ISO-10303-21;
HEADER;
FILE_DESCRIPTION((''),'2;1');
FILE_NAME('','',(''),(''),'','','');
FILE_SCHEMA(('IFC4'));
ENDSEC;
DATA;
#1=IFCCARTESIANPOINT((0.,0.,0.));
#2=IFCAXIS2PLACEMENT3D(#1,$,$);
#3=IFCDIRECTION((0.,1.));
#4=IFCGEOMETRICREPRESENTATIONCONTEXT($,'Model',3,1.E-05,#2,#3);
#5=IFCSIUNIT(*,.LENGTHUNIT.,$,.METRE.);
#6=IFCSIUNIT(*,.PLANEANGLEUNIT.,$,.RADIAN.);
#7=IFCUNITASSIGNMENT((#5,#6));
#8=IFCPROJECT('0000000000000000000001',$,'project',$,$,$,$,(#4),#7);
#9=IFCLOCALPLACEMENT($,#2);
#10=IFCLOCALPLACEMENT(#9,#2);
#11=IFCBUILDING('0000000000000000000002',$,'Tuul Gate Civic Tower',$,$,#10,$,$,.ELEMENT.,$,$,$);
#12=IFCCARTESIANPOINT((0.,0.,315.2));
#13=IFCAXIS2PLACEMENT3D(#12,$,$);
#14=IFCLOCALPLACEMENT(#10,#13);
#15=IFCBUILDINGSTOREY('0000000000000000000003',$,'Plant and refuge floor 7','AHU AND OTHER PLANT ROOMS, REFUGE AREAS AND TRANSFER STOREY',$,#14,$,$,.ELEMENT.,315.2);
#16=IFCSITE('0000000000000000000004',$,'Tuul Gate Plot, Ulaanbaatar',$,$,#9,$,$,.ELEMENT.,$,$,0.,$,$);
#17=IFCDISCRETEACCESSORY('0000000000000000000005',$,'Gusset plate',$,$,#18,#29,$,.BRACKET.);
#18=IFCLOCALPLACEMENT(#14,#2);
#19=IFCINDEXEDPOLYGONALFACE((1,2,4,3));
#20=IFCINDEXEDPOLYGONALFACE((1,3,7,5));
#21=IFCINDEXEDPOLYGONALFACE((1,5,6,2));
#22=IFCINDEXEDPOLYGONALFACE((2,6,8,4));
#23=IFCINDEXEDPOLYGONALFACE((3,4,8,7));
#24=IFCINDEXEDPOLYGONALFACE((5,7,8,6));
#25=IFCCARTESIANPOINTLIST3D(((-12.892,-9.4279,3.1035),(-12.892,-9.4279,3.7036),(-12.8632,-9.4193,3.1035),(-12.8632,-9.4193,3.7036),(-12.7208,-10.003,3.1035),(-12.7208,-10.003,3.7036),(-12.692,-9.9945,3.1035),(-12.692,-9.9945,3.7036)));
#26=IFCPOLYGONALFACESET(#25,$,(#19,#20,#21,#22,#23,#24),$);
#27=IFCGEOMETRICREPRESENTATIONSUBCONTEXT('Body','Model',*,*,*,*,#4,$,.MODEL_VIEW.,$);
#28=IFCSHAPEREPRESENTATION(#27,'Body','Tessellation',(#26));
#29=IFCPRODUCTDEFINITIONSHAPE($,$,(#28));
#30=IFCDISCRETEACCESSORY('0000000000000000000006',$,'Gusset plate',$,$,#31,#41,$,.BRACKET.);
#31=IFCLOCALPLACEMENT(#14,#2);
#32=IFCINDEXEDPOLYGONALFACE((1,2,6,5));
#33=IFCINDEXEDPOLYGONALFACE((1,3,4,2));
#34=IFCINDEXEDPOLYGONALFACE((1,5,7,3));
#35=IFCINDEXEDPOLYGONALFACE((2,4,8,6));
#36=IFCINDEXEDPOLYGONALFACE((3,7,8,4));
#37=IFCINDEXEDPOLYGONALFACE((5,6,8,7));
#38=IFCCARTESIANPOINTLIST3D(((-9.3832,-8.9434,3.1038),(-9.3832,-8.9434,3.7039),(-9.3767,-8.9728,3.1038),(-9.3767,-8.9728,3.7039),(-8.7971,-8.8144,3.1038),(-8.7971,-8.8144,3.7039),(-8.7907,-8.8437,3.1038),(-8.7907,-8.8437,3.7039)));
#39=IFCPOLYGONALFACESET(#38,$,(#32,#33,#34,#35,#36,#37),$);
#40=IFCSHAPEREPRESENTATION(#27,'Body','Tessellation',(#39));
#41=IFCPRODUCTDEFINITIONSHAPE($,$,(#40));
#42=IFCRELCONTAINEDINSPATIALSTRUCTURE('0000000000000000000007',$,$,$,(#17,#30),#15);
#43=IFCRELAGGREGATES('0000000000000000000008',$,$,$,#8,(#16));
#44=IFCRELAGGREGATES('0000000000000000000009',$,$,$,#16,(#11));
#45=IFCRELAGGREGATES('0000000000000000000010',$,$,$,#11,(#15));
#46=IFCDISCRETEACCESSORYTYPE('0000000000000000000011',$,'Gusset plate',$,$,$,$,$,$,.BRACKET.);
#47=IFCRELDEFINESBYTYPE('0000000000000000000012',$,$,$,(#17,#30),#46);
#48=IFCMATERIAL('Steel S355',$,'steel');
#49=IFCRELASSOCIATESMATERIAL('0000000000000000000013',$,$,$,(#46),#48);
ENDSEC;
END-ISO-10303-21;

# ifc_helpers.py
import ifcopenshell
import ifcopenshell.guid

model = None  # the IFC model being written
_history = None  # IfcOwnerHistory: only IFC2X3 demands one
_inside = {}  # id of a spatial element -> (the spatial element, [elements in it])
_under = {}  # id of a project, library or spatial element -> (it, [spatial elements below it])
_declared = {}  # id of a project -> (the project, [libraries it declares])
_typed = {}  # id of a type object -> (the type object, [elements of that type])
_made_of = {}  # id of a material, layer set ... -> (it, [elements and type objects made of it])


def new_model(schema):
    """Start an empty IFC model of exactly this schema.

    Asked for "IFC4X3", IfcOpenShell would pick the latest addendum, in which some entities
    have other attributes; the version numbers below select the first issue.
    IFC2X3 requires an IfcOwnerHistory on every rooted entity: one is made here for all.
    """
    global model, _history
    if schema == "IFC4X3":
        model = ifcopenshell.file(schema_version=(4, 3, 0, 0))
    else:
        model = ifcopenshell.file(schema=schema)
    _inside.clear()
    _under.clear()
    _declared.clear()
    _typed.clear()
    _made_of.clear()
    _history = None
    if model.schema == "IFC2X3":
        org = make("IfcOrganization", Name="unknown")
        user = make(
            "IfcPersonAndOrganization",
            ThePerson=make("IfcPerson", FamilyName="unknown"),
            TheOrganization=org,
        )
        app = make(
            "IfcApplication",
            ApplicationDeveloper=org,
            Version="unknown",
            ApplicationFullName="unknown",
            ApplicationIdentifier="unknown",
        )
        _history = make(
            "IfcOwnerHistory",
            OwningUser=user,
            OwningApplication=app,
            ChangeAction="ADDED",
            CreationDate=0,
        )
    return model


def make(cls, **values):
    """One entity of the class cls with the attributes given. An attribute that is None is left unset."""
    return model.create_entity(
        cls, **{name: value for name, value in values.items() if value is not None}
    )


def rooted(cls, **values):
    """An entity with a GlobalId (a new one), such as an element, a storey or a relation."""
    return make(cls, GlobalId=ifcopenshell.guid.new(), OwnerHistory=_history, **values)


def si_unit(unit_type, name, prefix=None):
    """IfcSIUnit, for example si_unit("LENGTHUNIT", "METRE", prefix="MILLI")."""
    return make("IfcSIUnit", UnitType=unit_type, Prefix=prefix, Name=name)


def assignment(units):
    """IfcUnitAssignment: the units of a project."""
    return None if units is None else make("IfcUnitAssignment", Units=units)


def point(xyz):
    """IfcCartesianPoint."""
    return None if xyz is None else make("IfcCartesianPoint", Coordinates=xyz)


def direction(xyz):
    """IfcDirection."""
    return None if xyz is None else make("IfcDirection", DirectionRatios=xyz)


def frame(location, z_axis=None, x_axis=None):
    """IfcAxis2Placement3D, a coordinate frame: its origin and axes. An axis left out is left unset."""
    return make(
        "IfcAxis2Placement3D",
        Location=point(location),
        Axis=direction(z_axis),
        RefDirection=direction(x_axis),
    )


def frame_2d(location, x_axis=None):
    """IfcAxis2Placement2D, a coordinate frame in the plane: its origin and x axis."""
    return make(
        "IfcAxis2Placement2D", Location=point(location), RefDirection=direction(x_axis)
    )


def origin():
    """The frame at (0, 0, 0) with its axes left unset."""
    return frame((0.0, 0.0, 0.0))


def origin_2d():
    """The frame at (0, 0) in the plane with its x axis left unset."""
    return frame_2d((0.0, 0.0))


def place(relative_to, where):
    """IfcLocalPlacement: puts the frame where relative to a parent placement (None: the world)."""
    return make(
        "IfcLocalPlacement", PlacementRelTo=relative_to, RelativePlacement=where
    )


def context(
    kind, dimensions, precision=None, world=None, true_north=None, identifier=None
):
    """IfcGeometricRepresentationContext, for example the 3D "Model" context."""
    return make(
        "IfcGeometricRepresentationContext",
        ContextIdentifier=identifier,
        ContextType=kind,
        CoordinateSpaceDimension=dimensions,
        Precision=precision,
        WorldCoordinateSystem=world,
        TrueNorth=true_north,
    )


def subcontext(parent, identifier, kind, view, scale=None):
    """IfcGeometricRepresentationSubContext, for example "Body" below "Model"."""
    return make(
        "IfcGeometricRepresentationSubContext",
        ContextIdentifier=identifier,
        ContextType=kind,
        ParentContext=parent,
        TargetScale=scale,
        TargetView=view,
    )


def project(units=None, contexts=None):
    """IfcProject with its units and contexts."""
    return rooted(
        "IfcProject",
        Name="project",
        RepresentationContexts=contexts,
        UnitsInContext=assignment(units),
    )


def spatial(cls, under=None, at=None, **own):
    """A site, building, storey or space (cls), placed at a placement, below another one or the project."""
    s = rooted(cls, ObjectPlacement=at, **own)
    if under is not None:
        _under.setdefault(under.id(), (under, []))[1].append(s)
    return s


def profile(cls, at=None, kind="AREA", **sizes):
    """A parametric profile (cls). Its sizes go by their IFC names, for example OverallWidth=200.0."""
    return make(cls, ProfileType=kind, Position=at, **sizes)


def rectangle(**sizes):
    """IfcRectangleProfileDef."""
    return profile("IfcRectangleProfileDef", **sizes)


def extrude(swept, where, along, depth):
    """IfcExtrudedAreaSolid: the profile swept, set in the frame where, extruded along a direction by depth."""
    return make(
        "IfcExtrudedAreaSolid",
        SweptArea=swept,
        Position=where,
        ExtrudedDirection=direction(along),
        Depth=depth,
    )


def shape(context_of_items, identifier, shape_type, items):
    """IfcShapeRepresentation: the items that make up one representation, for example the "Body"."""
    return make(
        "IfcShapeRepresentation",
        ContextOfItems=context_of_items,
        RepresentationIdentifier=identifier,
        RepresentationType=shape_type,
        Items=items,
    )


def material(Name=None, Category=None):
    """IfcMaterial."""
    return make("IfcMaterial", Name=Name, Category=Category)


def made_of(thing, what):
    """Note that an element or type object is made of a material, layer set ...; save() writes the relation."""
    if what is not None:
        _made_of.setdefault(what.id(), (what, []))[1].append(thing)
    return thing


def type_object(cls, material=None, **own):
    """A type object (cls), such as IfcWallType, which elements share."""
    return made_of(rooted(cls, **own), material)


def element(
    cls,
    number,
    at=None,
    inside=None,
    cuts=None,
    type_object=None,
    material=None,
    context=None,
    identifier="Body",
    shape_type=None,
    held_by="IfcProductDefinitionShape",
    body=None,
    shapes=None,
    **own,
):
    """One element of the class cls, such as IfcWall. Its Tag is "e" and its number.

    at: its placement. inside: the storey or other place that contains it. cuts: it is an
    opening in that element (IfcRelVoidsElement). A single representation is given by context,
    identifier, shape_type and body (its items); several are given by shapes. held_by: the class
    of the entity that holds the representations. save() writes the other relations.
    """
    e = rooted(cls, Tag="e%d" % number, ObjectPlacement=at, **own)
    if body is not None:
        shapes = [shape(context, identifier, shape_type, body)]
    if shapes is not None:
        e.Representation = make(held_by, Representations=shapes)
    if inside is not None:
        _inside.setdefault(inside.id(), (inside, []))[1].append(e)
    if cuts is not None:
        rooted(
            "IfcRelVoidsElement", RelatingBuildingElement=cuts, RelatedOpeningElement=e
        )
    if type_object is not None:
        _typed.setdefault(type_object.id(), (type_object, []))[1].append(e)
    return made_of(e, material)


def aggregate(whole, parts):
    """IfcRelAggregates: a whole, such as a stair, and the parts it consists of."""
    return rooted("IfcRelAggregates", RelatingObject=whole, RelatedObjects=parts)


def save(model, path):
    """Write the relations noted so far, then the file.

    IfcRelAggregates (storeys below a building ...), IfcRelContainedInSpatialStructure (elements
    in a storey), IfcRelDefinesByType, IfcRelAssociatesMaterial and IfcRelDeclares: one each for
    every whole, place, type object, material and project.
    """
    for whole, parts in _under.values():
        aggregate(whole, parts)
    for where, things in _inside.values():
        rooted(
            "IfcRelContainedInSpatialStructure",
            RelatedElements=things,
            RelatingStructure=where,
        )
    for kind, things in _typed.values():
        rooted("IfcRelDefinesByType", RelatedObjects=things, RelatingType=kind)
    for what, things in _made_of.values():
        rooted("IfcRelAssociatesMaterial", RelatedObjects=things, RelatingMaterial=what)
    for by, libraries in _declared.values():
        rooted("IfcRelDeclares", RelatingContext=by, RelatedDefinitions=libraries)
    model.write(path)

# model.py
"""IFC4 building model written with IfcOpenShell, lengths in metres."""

from ifc_helpers import new_model, si_unit, direction, frame, origin, origin_2d, place, context, subcontext, project, spatial, rectangle, extrude, material, type_object, element, save


model = new_model("IFC4")

# Units and contexts
model_context = context("Model", 3, precision=1e-05, world=origin(), true_north=direction((0.0, 1.0)))
body_context = subcontext(model_context, "Body", "Model", "MODEL_VIEW")
ifc_project = project(units=[si_unit("LENGTHUNIT", "METRE"), si_unit("PLANEANGLEUNIT", "RADIAN")], contexts=[model_context])

# Site, building, storey
site_placement = place(None, origin())
site = spatial("IfcSite", under=ifc_project, at=site_placement, Name="Tuul Gate Plot, Ulaanbaatar", CompositionType="ELEMENT", RefElevation=0.0)
building_placement = place(site_placement, origin())
building = spatial("IfcBuilding", under=site, at=building_placement, Name="Tuul Gate Civic Tower", CompositionType="ELEMENT")
storey_placement = place(building_placement, frame((0.0, 0.0, 315.2)))
storey = spatial("IfcBuildingStorey", under=building, at=storey_placement, Name="Plant and refuge floor 7", Description="AHU AND OTHER PLANT ROOMS, REFUGE AREAS AND TRANSFER STOREY", CompositionType="ELEMENT", Elevation=315.2)

# Discrete accessories
ifc_material_1 = material(Name="Steel S355", Category="steel")
discrete_accessory_type = type_object("IfcDiscreteAccessoryType", Name="Gusset plate", PredefinedType="BRACKET", material=ifc_material_1)
for number, where, z_axis, x_axis, name in (
    (1, (-12.792, -9.7112, 3.1035), (0.0, 0.0, 1.0), (-0.285225, 0.958461, 0.0), "Gusset plate"),
    (2, (-9.0869, -8.8936, 3.1038), (0.0, 0.0, 1.0), (-0.976591, -0.215103, 0.0), "Gusset plate"),
):
    element("IfcDiscreteAccessory", number, at=place(storey_placement, frame(where, z_axis=z_axis, x_axis=x_axis)), inside=storey, type_object=discrete_accessory_type, Name=name, PredefinedType="BRACKET", context=body_context, shape_type="SweptSolid", body=[
        extrude(rectangle(XDim=0.6001, YDim=0.03, at=origin_2d()), origin(), (0.0, 0.0, 1.0), 0.6001),
    ])

save(model, "model.ifc")
